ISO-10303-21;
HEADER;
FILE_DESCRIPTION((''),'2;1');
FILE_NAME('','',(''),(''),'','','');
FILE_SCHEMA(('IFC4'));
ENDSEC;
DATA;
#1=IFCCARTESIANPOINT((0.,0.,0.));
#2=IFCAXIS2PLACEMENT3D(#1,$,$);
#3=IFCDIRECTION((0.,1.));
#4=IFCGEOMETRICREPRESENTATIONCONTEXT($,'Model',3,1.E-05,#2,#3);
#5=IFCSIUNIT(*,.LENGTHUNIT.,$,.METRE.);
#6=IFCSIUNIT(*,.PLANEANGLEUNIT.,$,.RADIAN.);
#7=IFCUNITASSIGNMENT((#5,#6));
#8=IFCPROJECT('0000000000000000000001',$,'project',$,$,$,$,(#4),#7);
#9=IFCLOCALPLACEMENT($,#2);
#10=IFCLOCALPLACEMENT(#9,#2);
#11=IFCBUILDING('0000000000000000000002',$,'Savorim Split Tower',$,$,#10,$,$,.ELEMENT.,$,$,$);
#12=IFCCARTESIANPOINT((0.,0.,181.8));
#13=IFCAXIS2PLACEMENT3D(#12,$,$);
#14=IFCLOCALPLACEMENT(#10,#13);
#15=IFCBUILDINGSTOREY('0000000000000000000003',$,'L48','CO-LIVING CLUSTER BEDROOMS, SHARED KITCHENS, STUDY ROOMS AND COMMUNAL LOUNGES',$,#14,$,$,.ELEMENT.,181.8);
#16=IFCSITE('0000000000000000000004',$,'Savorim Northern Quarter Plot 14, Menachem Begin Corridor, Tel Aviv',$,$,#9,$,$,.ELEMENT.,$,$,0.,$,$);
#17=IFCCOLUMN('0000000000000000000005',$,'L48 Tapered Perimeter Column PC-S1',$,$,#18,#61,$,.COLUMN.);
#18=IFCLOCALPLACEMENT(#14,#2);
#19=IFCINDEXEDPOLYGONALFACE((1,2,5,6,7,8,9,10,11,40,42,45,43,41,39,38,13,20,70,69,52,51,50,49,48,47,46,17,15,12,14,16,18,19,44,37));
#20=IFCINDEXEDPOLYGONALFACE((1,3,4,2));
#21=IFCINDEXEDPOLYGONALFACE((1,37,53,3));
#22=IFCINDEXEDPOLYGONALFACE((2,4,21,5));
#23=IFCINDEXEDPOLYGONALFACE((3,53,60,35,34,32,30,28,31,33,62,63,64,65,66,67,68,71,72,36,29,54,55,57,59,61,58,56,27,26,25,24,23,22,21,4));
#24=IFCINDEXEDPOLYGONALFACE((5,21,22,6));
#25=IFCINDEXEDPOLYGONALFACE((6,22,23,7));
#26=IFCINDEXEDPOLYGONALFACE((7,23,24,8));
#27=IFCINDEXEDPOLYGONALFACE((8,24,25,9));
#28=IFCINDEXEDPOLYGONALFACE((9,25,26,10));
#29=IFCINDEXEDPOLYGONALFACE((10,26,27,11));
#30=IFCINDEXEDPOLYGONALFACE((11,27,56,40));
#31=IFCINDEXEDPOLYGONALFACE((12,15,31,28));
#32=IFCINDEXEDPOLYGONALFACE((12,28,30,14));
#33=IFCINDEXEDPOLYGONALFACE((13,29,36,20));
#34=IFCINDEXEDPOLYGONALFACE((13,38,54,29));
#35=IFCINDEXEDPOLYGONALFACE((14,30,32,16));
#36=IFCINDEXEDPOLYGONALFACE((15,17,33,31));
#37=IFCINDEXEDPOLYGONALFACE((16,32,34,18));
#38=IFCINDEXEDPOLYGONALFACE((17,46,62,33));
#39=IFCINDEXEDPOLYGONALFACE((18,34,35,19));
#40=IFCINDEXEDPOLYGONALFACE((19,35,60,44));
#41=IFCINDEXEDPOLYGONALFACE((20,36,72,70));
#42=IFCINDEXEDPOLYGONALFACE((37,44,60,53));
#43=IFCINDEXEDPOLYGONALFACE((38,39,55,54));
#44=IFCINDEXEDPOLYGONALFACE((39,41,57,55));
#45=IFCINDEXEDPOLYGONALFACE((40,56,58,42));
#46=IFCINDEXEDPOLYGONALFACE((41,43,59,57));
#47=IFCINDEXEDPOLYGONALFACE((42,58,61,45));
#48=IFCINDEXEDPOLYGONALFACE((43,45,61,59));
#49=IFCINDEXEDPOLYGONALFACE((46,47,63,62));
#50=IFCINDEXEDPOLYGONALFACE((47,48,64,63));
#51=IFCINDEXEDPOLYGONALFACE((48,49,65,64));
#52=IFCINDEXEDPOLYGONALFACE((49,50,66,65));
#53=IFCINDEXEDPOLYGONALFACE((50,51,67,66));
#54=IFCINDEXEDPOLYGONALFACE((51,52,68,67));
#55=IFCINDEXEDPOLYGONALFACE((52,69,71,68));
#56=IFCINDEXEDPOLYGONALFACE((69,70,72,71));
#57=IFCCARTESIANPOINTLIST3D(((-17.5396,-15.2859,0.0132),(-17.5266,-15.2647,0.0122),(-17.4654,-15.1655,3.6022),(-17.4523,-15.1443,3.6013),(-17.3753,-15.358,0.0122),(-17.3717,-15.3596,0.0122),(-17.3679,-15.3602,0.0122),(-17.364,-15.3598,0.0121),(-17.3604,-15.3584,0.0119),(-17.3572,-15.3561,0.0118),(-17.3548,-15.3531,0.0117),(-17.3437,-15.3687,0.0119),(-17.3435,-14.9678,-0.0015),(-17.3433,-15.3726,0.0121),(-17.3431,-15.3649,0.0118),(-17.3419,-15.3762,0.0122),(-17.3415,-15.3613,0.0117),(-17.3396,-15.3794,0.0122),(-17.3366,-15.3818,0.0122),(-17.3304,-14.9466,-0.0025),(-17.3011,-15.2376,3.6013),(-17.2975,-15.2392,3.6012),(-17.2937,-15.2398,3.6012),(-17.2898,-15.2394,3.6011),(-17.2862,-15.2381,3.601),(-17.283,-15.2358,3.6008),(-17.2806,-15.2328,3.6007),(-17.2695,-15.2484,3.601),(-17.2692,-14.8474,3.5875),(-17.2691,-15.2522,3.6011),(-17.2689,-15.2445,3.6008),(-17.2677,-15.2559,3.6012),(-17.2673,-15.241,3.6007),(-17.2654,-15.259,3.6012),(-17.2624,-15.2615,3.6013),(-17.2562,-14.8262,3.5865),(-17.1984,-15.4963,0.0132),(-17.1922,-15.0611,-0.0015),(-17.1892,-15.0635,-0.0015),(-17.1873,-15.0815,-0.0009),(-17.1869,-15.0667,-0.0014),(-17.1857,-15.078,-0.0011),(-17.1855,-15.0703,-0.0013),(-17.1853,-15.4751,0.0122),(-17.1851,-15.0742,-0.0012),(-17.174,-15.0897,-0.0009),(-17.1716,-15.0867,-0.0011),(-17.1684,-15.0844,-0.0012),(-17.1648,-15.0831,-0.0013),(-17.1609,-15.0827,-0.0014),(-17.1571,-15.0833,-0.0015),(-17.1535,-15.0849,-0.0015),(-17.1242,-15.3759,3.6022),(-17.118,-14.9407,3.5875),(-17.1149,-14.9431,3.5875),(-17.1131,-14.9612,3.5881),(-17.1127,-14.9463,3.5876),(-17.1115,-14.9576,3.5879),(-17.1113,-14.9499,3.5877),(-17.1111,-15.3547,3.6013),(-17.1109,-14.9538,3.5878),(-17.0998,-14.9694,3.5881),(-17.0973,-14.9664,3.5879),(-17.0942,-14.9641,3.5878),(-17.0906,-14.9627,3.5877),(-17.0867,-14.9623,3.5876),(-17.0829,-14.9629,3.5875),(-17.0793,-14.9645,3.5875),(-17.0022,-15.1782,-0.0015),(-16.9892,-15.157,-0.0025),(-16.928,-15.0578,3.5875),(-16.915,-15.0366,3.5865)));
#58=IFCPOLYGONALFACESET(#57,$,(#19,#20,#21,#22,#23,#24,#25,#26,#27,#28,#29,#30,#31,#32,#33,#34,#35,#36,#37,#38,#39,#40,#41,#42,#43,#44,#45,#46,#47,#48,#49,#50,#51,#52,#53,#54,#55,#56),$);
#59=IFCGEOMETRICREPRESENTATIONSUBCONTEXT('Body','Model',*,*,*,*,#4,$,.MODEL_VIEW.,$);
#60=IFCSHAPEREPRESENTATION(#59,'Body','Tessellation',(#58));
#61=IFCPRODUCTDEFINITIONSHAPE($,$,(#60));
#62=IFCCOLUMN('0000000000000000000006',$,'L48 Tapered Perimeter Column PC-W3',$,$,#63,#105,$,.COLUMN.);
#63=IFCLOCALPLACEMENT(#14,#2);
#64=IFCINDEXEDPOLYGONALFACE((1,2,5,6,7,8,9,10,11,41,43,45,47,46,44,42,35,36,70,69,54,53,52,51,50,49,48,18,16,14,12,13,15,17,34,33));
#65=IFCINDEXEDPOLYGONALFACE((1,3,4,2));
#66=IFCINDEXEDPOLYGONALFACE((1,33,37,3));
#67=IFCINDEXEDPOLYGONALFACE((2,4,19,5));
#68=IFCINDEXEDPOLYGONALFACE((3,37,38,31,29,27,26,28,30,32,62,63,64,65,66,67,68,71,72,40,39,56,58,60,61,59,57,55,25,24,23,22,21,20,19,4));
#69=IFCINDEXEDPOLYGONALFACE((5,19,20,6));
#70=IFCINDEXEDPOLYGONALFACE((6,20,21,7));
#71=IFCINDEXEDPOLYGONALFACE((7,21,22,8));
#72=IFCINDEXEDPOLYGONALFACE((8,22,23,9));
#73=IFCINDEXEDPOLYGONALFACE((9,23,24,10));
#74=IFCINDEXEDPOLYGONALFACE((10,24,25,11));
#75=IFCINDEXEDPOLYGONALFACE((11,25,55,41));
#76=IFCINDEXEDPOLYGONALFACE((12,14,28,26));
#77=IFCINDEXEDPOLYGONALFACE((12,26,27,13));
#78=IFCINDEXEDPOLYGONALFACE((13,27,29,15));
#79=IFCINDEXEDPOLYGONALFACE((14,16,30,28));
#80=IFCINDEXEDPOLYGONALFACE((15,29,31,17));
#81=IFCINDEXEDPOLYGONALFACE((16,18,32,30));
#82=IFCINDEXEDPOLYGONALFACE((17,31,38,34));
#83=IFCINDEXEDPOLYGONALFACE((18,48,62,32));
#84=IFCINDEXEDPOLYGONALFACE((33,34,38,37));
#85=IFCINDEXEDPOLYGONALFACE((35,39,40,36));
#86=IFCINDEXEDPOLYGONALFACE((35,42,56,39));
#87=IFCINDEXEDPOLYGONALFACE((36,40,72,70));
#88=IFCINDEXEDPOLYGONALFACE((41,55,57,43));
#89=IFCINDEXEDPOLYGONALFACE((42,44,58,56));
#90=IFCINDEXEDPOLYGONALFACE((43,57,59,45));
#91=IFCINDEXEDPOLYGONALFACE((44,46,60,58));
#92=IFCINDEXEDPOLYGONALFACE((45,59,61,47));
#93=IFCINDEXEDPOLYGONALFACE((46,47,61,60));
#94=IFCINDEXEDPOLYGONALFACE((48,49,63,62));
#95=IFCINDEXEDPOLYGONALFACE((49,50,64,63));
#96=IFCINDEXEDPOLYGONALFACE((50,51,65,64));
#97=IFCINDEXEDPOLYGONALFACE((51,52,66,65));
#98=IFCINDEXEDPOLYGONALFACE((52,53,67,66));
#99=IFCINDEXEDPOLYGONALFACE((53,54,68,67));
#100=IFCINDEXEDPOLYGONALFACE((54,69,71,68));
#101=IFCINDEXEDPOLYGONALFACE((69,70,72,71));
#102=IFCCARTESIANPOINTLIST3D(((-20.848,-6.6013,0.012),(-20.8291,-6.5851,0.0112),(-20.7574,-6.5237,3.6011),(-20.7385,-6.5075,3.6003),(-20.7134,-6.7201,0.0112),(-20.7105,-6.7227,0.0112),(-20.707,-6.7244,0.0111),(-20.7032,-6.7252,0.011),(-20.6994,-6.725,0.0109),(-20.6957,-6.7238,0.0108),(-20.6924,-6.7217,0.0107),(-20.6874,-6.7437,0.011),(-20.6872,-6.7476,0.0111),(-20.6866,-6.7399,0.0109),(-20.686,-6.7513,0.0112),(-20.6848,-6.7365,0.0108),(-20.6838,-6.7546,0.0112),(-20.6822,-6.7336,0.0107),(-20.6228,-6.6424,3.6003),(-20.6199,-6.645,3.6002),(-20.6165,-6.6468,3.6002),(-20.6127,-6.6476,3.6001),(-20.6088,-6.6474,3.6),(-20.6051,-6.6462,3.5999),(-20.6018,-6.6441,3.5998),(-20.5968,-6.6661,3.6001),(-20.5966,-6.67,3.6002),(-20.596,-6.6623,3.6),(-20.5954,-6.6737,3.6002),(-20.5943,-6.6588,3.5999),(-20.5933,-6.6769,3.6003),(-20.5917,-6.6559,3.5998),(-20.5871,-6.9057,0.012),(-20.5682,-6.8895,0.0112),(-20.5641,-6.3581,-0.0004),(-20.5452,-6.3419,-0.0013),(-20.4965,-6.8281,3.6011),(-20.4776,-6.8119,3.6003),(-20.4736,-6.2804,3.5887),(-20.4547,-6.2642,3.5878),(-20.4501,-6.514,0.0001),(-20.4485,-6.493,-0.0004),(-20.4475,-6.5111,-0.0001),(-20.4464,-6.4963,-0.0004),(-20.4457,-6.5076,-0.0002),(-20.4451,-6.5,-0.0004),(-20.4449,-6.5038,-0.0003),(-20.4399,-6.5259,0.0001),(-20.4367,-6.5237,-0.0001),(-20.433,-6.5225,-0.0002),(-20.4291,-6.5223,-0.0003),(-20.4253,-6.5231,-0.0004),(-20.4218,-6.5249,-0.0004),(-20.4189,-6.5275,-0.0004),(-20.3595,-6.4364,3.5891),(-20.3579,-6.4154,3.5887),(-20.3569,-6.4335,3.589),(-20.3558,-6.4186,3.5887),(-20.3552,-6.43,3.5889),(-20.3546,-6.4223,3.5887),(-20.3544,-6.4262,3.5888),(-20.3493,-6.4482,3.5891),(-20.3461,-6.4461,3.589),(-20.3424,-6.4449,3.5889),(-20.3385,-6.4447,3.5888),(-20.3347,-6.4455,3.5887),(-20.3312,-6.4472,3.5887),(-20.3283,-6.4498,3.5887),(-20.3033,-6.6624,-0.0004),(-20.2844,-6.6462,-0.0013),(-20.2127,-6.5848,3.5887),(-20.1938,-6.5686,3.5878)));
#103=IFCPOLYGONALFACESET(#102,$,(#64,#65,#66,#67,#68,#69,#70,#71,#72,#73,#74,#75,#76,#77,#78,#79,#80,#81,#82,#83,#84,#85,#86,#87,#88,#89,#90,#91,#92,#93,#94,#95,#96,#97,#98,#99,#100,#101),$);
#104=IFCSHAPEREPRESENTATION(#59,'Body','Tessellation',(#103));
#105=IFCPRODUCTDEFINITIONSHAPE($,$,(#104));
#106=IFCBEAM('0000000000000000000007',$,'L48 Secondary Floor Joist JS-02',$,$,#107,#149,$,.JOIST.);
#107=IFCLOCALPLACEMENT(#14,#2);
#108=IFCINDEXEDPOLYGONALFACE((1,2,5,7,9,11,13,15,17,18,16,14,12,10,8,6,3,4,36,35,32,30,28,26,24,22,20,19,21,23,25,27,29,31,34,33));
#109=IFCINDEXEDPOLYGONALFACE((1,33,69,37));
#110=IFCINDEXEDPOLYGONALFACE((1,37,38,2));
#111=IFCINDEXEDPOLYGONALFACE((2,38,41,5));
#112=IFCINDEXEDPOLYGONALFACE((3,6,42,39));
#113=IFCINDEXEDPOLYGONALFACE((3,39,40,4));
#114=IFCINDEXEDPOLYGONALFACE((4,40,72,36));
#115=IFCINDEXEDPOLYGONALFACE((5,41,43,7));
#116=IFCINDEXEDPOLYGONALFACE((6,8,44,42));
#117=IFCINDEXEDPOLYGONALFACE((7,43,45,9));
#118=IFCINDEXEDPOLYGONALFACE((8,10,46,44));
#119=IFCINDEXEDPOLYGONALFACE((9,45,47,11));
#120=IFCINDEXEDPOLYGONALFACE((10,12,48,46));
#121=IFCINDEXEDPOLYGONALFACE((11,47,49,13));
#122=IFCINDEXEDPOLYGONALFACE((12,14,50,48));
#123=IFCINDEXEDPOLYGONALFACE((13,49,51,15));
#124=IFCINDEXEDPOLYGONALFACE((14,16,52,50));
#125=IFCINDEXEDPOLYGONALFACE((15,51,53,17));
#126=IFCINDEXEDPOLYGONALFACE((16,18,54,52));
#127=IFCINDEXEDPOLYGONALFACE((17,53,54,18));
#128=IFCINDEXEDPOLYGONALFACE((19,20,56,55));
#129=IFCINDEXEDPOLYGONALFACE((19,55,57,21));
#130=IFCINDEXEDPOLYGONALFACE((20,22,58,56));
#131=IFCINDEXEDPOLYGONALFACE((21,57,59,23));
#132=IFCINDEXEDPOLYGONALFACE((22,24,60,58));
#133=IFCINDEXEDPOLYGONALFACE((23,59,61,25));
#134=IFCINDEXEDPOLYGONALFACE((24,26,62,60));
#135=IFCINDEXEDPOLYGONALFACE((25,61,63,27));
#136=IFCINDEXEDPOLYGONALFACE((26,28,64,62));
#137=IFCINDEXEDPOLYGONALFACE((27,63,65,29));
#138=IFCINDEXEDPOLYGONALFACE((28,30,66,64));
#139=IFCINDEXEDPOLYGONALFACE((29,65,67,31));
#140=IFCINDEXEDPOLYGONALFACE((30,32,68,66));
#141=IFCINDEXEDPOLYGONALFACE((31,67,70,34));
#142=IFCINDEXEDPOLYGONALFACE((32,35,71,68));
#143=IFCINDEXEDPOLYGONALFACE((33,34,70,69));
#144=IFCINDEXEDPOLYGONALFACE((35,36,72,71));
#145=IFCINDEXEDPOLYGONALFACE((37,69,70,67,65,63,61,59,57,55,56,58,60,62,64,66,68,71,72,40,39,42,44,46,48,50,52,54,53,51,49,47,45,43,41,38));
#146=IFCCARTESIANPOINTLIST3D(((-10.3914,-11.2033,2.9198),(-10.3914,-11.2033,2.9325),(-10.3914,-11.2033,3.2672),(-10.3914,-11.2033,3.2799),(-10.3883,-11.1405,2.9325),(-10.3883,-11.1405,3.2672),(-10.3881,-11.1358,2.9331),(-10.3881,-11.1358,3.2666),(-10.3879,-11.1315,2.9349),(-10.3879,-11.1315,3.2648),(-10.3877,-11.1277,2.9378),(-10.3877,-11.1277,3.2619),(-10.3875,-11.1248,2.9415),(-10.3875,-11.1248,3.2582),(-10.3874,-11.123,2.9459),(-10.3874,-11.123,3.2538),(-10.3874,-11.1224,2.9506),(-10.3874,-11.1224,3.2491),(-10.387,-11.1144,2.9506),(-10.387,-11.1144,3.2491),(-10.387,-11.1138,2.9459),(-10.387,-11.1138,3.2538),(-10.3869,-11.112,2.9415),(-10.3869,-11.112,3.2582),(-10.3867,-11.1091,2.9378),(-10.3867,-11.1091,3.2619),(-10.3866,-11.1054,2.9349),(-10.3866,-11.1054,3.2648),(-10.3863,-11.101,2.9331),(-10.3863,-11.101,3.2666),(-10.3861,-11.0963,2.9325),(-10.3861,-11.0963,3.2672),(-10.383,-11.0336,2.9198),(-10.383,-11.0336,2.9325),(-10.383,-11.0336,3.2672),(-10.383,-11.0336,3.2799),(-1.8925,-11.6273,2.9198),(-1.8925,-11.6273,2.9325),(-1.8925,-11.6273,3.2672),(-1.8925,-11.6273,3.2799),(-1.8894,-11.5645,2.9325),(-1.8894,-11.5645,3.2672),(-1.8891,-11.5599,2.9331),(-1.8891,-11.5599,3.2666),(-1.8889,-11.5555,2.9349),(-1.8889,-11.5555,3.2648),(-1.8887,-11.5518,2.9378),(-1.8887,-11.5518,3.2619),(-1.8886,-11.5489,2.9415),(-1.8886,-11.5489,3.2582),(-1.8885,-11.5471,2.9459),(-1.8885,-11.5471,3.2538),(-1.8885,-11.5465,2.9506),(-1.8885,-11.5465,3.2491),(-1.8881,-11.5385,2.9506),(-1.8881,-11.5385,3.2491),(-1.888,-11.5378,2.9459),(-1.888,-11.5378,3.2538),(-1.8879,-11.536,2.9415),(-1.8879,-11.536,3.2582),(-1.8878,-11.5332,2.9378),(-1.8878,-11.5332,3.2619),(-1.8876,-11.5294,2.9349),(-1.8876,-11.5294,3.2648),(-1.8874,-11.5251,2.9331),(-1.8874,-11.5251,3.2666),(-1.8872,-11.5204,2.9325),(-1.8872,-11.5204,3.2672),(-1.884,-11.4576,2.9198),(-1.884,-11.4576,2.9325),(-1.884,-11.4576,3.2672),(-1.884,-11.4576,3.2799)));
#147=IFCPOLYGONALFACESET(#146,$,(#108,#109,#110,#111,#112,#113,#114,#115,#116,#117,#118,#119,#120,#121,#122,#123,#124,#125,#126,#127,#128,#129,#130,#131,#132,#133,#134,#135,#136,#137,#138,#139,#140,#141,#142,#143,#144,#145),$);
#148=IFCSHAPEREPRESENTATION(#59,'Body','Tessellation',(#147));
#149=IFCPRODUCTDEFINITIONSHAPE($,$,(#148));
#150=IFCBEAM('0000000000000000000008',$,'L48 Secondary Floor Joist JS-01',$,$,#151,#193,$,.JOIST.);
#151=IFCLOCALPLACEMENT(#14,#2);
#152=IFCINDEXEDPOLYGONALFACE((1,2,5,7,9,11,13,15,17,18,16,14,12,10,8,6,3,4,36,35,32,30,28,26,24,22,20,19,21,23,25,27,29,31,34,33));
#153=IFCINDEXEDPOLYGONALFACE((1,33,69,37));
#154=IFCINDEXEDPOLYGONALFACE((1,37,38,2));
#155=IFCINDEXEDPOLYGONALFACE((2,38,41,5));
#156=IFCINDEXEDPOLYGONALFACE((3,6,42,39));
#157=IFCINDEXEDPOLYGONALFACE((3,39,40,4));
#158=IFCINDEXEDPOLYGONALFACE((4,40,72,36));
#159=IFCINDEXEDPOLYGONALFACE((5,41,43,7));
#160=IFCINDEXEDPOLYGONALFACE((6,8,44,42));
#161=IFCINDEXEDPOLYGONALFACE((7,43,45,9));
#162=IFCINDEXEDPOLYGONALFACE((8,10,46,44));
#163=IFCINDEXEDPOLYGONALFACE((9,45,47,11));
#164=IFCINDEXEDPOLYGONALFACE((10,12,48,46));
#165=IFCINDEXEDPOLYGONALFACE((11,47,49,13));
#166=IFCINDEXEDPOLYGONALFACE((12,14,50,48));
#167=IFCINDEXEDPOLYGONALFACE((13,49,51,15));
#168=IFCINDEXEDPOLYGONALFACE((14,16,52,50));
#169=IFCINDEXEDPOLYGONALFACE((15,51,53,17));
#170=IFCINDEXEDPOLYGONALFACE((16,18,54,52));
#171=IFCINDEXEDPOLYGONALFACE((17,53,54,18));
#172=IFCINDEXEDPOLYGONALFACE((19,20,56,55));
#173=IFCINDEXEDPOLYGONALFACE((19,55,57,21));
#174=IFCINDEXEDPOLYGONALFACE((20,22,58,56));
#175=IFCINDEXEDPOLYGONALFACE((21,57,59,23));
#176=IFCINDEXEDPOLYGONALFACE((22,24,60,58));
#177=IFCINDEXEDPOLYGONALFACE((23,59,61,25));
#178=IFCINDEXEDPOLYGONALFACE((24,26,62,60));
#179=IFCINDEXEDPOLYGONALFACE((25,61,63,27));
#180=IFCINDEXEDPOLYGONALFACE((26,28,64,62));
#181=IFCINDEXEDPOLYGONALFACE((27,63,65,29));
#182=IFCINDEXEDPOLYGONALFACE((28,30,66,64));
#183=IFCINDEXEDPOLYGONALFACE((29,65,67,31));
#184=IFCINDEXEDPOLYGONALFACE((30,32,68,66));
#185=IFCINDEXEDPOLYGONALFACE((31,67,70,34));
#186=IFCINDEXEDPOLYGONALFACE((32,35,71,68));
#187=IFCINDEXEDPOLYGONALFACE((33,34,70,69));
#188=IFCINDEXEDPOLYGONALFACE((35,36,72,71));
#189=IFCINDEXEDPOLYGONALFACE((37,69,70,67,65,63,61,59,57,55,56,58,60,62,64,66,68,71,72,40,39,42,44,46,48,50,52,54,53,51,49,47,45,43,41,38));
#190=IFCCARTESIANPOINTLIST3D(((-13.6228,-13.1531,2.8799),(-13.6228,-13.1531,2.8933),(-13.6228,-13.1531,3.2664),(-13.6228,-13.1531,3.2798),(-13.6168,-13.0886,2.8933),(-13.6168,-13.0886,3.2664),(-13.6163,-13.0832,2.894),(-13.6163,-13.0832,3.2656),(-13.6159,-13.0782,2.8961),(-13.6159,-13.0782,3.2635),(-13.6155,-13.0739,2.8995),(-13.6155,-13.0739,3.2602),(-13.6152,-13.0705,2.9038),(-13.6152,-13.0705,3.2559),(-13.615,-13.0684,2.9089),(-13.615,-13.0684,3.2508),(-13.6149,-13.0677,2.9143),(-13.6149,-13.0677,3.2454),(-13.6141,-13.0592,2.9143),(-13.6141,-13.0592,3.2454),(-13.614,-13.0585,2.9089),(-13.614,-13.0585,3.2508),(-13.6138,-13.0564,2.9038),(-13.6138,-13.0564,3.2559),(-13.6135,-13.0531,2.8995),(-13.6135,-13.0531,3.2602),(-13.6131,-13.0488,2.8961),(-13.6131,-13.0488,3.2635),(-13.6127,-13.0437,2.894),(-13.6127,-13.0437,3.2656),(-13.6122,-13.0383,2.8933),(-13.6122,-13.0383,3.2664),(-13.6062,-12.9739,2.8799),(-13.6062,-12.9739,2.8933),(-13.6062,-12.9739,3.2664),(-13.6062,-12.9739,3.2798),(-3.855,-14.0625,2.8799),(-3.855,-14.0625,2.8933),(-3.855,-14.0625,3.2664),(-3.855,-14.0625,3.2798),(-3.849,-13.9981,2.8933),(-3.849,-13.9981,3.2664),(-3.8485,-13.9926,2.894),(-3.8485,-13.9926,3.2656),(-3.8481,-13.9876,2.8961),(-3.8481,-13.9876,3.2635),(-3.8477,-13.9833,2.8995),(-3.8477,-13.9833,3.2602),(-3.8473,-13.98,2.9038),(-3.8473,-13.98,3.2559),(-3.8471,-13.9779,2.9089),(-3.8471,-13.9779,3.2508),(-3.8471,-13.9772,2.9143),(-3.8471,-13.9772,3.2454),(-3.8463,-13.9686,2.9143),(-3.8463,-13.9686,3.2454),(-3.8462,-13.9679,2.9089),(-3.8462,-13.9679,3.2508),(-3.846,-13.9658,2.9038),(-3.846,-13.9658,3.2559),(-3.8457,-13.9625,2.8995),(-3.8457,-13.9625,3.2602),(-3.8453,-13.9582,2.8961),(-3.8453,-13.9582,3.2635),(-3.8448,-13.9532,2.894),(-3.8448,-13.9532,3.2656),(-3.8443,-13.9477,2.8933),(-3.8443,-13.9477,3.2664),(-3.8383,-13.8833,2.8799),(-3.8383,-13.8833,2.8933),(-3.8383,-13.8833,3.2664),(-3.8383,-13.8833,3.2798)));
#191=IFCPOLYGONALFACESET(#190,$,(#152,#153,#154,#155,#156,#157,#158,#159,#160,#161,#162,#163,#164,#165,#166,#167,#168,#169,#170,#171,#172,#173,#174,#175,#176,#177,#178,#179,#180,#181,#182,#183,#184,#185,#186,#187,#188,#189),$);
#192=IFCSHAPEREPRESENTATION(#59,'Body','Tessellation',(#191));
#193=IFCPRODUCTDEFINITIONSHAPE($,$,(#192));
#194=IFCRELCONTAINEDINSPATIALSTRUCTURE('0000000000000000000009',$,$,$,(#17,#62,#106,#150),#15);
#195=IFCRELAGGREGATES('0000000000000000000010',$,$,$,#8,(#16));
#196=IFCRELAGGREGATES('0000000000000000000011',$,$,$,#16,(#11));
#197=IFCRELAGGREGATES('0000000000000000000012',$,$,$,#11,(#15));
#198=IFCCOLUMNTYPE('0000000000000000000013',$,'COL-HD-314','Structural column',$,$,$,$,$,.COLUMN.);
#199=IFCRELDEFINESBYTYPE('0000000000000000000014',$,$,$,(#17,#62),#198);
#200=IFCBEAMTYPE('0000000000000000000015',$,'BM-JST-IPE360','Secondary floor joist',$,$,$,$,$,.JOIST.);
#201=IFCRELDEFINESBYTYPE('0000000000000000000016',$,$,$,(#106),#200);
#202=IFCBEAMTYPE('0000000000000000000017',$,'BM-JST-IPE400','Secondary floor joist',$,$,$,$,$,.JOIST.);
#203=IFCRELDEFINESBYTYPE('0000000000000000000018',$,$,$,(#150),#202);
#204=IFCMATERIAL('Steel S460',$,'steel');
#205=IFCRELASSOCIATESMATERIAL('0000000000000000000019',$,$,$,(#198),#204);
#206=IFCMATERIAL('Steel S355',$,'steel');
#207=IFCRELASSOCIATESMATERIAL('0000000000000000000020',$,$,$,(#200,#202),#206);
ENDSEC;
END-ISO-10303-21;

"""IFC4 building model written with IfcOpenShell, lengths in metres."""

from ifc_helpers import new_model, si_unit, direction, frame, origin, origin_2d, place, context, subcontext, project, spatial, i_section, extrude, material, material_profile, profile_set, type_object, element, save


model = new_model("IFC4")

# Units and contexts
model_context = context("Model", 3, precision=1e-05, world=origin(), true_north=direction((0.0, 1.0)))
body_context = subcontext(model_context, "Body", "Model", "MODEL_VIEW")
ifc_project = project(units=[si_unit("LENGTHUNIT", "METRE"), si_unit("PLANEANGLEUNIT", "RADIAN")], contexts=[model_context])

# Site, building, storey
site_placement = place(None, origin())
site = spatial("IfcSite", under=ifc_project, at=site_placement, Name="Savorim Northern Quarter Plot 14, Menachem Begin Corridor, Tel Aviv", CompositionType="ELEMENT", RefElevation=0.0)
building_placement = place(site_placement, origin())
building = spatial("IfcBuilding", under=site, at=building_placement, Name="Savorim Split Tower", CompositionType="ELEMENT")
storey_placement = place(building_placement, frame((0.0, 0.0, 181.8)))
storey = spatial("IfcBuildingStorey", under=building, at=storey_placement, Name="L48", Description="CO-LIVING CLUSTER BEDROOMS, SHARED KITCHENS, STUDY ROOMS AND COMMUNAL LOUNGES", CompositionType="ELEMENT", Elevation=181.8)

# Columns
ifc_material_1 = material(Name="Steel S460", Category="steel")
ifc_material_profile_1 = material_profile(ifc_material_1, i_section(OverallWidth=0.4009, OverallDepth=0.3989, WebThickness=0.0156, FlangeThickness=0.0249, FilletRadius=0.0149, at=origin_2d()), Name="HD 400x314")
ifc_profile_set_1 = profile_set([ifc_material_profile_1], Name="Steel S460")
column_type = type_object("IfcColumnType", Name="COL-HD-314", Description="Structural column", PredefinedType="COLUMN", material=ifc_profile_set_1)
column_1_placement = place(storey_placement, frame((-17.2644, -15.2214, 0.0054), z_axis=(0.020663, 0.033509, 0.999225), x_axis=(-0.851184, 0.524868, 0.0)))
element("IfcColumn", 1, at=column_1_placement, inside=storey, type_object=column_type, Name="L48 Tapered Perimeter Column PC-S1", PredefinedType="COLUMN", context=body_context, shape_type="SweptSolid", body=[
    extrude(i_section(OverallWidth=0.4009, OverallDepth=0.3989, WebThickness=0.0156, FlangeThickness=0.0249, FilletRadius=0.0149, at=origin_2d()), origin(), (0.0, 0.0, 1.0), 3.5918),
])
column_2_placement = place(storey_placement, frame((-20.5662, -6.6238, 0.0054), z_axis=(0.025222, 0.021619, 0.999448), x_axis=(-0.650791, 0.759257, 0.0)))
element("IfcColumn", 2, at=column_2_placement, inside=storey, type_object=column_type, Name="L48 Tapered Perimeter Column PC-W3", PredefinedType="COLUMN", context=body_context, shape_type="SweptSolid", body=[
    extrude(i_section(OverallWidth=0.4009, OverallDepth=0.3989, WebThickness=0.0156, FlangeThickness=0.0249, FilletRadius=0.0149, at=origin_2d()), origin(), (0.0, 0.0, 1.0), 3.5911),
])

# Beams
ifc_material_2 = material(Name="Steel S355", Category="steel")
ifc_material_profile_2 = material_profile(ifc_material_2, i_section(OverallWidth=0.1699, OverallDepth=0.3601, WebThickness=0.0081, FlangeThickness=0.0127, FilletRadius=0.0181, at=origin_2d()), Name="IPE 360")
ifc_profile_set_2 = profile_set([ifc_material_profile_2], Name="Steel S355")
beam_type_1 = type_object("IfcBeamType", Name="BM-JST-IPE360", Description="Secondary floor joist", PredefinedType="JOIST", material=ifc_profile_set_2)
beam_1_placement = place(storey_placement, frame((-10.3872, -11.1184, 3.0999), z_axis=(0.998757, -0.049835, 0.0), x_axis=(0.049835, 0.998757, 0.0)))
element("IfcBeam", 3, at=beam_1_placement, inside=storey, type_object=beam_type_1, Name="L48 Secondary Floor Joist JS-02", PredefinedType="JOIST", context=body_context, shape_type="SweptSolid", body=[
    extrude(i_section(OverallWidth=0.1699, OverallDepth=0.3601, WebThickness=0.0081, FlangeThickness=0.0127, FilletRadius=0.0181, at=origin_2d()), origin(), (0.0, 0.0, 1.0), 8.5095),
])
ifc_material_profile_3 = material_profile(ifc_material_2, i_section(OverallWidth=0.1799, OverallDepth=0.3999, WebThickness=0.0085, FlangeThickness=0.0134, FilletRadius=0.021, at=origin_2d()), Name="IPE 400")
ifc_profile_set_3 = profile_set([ifc_material_profile_3], Name="Steel S355")
beam_type_2 = type_object("IfcBeamType", Name="BM-JST-IPE400", Description="Secondary floor joist", PredefinedType="JOIST", material=ifc_profile_set_3)
beam_2_placement = place(storey_placement, frame((-13.6145, -13.0635, 3.0798), z_axis=(0.995694, -0.092703, 0.0), x_axis=(0.092703, 0.995694, 0.0)))
element("IfcBeam", 4, at=beam_2_placement, inside=storey, type_object=beam_type_2, Name="L48 Secondary Floor Joist JS-01", PredefinedType="JOIST", context=body_context, shape_type="SweptSolid", body=[
    extrude(i_section(OverallWidth=0.1799, OverallDepth=0.3999, WebThickness=0.0085, FlangeThickness=0.0134, FilletRadius=0.021, at=origin_2d()), origin(), (0.0, 0.0, 1.0), 9.8101),
])

save(model, "model.ifc")
